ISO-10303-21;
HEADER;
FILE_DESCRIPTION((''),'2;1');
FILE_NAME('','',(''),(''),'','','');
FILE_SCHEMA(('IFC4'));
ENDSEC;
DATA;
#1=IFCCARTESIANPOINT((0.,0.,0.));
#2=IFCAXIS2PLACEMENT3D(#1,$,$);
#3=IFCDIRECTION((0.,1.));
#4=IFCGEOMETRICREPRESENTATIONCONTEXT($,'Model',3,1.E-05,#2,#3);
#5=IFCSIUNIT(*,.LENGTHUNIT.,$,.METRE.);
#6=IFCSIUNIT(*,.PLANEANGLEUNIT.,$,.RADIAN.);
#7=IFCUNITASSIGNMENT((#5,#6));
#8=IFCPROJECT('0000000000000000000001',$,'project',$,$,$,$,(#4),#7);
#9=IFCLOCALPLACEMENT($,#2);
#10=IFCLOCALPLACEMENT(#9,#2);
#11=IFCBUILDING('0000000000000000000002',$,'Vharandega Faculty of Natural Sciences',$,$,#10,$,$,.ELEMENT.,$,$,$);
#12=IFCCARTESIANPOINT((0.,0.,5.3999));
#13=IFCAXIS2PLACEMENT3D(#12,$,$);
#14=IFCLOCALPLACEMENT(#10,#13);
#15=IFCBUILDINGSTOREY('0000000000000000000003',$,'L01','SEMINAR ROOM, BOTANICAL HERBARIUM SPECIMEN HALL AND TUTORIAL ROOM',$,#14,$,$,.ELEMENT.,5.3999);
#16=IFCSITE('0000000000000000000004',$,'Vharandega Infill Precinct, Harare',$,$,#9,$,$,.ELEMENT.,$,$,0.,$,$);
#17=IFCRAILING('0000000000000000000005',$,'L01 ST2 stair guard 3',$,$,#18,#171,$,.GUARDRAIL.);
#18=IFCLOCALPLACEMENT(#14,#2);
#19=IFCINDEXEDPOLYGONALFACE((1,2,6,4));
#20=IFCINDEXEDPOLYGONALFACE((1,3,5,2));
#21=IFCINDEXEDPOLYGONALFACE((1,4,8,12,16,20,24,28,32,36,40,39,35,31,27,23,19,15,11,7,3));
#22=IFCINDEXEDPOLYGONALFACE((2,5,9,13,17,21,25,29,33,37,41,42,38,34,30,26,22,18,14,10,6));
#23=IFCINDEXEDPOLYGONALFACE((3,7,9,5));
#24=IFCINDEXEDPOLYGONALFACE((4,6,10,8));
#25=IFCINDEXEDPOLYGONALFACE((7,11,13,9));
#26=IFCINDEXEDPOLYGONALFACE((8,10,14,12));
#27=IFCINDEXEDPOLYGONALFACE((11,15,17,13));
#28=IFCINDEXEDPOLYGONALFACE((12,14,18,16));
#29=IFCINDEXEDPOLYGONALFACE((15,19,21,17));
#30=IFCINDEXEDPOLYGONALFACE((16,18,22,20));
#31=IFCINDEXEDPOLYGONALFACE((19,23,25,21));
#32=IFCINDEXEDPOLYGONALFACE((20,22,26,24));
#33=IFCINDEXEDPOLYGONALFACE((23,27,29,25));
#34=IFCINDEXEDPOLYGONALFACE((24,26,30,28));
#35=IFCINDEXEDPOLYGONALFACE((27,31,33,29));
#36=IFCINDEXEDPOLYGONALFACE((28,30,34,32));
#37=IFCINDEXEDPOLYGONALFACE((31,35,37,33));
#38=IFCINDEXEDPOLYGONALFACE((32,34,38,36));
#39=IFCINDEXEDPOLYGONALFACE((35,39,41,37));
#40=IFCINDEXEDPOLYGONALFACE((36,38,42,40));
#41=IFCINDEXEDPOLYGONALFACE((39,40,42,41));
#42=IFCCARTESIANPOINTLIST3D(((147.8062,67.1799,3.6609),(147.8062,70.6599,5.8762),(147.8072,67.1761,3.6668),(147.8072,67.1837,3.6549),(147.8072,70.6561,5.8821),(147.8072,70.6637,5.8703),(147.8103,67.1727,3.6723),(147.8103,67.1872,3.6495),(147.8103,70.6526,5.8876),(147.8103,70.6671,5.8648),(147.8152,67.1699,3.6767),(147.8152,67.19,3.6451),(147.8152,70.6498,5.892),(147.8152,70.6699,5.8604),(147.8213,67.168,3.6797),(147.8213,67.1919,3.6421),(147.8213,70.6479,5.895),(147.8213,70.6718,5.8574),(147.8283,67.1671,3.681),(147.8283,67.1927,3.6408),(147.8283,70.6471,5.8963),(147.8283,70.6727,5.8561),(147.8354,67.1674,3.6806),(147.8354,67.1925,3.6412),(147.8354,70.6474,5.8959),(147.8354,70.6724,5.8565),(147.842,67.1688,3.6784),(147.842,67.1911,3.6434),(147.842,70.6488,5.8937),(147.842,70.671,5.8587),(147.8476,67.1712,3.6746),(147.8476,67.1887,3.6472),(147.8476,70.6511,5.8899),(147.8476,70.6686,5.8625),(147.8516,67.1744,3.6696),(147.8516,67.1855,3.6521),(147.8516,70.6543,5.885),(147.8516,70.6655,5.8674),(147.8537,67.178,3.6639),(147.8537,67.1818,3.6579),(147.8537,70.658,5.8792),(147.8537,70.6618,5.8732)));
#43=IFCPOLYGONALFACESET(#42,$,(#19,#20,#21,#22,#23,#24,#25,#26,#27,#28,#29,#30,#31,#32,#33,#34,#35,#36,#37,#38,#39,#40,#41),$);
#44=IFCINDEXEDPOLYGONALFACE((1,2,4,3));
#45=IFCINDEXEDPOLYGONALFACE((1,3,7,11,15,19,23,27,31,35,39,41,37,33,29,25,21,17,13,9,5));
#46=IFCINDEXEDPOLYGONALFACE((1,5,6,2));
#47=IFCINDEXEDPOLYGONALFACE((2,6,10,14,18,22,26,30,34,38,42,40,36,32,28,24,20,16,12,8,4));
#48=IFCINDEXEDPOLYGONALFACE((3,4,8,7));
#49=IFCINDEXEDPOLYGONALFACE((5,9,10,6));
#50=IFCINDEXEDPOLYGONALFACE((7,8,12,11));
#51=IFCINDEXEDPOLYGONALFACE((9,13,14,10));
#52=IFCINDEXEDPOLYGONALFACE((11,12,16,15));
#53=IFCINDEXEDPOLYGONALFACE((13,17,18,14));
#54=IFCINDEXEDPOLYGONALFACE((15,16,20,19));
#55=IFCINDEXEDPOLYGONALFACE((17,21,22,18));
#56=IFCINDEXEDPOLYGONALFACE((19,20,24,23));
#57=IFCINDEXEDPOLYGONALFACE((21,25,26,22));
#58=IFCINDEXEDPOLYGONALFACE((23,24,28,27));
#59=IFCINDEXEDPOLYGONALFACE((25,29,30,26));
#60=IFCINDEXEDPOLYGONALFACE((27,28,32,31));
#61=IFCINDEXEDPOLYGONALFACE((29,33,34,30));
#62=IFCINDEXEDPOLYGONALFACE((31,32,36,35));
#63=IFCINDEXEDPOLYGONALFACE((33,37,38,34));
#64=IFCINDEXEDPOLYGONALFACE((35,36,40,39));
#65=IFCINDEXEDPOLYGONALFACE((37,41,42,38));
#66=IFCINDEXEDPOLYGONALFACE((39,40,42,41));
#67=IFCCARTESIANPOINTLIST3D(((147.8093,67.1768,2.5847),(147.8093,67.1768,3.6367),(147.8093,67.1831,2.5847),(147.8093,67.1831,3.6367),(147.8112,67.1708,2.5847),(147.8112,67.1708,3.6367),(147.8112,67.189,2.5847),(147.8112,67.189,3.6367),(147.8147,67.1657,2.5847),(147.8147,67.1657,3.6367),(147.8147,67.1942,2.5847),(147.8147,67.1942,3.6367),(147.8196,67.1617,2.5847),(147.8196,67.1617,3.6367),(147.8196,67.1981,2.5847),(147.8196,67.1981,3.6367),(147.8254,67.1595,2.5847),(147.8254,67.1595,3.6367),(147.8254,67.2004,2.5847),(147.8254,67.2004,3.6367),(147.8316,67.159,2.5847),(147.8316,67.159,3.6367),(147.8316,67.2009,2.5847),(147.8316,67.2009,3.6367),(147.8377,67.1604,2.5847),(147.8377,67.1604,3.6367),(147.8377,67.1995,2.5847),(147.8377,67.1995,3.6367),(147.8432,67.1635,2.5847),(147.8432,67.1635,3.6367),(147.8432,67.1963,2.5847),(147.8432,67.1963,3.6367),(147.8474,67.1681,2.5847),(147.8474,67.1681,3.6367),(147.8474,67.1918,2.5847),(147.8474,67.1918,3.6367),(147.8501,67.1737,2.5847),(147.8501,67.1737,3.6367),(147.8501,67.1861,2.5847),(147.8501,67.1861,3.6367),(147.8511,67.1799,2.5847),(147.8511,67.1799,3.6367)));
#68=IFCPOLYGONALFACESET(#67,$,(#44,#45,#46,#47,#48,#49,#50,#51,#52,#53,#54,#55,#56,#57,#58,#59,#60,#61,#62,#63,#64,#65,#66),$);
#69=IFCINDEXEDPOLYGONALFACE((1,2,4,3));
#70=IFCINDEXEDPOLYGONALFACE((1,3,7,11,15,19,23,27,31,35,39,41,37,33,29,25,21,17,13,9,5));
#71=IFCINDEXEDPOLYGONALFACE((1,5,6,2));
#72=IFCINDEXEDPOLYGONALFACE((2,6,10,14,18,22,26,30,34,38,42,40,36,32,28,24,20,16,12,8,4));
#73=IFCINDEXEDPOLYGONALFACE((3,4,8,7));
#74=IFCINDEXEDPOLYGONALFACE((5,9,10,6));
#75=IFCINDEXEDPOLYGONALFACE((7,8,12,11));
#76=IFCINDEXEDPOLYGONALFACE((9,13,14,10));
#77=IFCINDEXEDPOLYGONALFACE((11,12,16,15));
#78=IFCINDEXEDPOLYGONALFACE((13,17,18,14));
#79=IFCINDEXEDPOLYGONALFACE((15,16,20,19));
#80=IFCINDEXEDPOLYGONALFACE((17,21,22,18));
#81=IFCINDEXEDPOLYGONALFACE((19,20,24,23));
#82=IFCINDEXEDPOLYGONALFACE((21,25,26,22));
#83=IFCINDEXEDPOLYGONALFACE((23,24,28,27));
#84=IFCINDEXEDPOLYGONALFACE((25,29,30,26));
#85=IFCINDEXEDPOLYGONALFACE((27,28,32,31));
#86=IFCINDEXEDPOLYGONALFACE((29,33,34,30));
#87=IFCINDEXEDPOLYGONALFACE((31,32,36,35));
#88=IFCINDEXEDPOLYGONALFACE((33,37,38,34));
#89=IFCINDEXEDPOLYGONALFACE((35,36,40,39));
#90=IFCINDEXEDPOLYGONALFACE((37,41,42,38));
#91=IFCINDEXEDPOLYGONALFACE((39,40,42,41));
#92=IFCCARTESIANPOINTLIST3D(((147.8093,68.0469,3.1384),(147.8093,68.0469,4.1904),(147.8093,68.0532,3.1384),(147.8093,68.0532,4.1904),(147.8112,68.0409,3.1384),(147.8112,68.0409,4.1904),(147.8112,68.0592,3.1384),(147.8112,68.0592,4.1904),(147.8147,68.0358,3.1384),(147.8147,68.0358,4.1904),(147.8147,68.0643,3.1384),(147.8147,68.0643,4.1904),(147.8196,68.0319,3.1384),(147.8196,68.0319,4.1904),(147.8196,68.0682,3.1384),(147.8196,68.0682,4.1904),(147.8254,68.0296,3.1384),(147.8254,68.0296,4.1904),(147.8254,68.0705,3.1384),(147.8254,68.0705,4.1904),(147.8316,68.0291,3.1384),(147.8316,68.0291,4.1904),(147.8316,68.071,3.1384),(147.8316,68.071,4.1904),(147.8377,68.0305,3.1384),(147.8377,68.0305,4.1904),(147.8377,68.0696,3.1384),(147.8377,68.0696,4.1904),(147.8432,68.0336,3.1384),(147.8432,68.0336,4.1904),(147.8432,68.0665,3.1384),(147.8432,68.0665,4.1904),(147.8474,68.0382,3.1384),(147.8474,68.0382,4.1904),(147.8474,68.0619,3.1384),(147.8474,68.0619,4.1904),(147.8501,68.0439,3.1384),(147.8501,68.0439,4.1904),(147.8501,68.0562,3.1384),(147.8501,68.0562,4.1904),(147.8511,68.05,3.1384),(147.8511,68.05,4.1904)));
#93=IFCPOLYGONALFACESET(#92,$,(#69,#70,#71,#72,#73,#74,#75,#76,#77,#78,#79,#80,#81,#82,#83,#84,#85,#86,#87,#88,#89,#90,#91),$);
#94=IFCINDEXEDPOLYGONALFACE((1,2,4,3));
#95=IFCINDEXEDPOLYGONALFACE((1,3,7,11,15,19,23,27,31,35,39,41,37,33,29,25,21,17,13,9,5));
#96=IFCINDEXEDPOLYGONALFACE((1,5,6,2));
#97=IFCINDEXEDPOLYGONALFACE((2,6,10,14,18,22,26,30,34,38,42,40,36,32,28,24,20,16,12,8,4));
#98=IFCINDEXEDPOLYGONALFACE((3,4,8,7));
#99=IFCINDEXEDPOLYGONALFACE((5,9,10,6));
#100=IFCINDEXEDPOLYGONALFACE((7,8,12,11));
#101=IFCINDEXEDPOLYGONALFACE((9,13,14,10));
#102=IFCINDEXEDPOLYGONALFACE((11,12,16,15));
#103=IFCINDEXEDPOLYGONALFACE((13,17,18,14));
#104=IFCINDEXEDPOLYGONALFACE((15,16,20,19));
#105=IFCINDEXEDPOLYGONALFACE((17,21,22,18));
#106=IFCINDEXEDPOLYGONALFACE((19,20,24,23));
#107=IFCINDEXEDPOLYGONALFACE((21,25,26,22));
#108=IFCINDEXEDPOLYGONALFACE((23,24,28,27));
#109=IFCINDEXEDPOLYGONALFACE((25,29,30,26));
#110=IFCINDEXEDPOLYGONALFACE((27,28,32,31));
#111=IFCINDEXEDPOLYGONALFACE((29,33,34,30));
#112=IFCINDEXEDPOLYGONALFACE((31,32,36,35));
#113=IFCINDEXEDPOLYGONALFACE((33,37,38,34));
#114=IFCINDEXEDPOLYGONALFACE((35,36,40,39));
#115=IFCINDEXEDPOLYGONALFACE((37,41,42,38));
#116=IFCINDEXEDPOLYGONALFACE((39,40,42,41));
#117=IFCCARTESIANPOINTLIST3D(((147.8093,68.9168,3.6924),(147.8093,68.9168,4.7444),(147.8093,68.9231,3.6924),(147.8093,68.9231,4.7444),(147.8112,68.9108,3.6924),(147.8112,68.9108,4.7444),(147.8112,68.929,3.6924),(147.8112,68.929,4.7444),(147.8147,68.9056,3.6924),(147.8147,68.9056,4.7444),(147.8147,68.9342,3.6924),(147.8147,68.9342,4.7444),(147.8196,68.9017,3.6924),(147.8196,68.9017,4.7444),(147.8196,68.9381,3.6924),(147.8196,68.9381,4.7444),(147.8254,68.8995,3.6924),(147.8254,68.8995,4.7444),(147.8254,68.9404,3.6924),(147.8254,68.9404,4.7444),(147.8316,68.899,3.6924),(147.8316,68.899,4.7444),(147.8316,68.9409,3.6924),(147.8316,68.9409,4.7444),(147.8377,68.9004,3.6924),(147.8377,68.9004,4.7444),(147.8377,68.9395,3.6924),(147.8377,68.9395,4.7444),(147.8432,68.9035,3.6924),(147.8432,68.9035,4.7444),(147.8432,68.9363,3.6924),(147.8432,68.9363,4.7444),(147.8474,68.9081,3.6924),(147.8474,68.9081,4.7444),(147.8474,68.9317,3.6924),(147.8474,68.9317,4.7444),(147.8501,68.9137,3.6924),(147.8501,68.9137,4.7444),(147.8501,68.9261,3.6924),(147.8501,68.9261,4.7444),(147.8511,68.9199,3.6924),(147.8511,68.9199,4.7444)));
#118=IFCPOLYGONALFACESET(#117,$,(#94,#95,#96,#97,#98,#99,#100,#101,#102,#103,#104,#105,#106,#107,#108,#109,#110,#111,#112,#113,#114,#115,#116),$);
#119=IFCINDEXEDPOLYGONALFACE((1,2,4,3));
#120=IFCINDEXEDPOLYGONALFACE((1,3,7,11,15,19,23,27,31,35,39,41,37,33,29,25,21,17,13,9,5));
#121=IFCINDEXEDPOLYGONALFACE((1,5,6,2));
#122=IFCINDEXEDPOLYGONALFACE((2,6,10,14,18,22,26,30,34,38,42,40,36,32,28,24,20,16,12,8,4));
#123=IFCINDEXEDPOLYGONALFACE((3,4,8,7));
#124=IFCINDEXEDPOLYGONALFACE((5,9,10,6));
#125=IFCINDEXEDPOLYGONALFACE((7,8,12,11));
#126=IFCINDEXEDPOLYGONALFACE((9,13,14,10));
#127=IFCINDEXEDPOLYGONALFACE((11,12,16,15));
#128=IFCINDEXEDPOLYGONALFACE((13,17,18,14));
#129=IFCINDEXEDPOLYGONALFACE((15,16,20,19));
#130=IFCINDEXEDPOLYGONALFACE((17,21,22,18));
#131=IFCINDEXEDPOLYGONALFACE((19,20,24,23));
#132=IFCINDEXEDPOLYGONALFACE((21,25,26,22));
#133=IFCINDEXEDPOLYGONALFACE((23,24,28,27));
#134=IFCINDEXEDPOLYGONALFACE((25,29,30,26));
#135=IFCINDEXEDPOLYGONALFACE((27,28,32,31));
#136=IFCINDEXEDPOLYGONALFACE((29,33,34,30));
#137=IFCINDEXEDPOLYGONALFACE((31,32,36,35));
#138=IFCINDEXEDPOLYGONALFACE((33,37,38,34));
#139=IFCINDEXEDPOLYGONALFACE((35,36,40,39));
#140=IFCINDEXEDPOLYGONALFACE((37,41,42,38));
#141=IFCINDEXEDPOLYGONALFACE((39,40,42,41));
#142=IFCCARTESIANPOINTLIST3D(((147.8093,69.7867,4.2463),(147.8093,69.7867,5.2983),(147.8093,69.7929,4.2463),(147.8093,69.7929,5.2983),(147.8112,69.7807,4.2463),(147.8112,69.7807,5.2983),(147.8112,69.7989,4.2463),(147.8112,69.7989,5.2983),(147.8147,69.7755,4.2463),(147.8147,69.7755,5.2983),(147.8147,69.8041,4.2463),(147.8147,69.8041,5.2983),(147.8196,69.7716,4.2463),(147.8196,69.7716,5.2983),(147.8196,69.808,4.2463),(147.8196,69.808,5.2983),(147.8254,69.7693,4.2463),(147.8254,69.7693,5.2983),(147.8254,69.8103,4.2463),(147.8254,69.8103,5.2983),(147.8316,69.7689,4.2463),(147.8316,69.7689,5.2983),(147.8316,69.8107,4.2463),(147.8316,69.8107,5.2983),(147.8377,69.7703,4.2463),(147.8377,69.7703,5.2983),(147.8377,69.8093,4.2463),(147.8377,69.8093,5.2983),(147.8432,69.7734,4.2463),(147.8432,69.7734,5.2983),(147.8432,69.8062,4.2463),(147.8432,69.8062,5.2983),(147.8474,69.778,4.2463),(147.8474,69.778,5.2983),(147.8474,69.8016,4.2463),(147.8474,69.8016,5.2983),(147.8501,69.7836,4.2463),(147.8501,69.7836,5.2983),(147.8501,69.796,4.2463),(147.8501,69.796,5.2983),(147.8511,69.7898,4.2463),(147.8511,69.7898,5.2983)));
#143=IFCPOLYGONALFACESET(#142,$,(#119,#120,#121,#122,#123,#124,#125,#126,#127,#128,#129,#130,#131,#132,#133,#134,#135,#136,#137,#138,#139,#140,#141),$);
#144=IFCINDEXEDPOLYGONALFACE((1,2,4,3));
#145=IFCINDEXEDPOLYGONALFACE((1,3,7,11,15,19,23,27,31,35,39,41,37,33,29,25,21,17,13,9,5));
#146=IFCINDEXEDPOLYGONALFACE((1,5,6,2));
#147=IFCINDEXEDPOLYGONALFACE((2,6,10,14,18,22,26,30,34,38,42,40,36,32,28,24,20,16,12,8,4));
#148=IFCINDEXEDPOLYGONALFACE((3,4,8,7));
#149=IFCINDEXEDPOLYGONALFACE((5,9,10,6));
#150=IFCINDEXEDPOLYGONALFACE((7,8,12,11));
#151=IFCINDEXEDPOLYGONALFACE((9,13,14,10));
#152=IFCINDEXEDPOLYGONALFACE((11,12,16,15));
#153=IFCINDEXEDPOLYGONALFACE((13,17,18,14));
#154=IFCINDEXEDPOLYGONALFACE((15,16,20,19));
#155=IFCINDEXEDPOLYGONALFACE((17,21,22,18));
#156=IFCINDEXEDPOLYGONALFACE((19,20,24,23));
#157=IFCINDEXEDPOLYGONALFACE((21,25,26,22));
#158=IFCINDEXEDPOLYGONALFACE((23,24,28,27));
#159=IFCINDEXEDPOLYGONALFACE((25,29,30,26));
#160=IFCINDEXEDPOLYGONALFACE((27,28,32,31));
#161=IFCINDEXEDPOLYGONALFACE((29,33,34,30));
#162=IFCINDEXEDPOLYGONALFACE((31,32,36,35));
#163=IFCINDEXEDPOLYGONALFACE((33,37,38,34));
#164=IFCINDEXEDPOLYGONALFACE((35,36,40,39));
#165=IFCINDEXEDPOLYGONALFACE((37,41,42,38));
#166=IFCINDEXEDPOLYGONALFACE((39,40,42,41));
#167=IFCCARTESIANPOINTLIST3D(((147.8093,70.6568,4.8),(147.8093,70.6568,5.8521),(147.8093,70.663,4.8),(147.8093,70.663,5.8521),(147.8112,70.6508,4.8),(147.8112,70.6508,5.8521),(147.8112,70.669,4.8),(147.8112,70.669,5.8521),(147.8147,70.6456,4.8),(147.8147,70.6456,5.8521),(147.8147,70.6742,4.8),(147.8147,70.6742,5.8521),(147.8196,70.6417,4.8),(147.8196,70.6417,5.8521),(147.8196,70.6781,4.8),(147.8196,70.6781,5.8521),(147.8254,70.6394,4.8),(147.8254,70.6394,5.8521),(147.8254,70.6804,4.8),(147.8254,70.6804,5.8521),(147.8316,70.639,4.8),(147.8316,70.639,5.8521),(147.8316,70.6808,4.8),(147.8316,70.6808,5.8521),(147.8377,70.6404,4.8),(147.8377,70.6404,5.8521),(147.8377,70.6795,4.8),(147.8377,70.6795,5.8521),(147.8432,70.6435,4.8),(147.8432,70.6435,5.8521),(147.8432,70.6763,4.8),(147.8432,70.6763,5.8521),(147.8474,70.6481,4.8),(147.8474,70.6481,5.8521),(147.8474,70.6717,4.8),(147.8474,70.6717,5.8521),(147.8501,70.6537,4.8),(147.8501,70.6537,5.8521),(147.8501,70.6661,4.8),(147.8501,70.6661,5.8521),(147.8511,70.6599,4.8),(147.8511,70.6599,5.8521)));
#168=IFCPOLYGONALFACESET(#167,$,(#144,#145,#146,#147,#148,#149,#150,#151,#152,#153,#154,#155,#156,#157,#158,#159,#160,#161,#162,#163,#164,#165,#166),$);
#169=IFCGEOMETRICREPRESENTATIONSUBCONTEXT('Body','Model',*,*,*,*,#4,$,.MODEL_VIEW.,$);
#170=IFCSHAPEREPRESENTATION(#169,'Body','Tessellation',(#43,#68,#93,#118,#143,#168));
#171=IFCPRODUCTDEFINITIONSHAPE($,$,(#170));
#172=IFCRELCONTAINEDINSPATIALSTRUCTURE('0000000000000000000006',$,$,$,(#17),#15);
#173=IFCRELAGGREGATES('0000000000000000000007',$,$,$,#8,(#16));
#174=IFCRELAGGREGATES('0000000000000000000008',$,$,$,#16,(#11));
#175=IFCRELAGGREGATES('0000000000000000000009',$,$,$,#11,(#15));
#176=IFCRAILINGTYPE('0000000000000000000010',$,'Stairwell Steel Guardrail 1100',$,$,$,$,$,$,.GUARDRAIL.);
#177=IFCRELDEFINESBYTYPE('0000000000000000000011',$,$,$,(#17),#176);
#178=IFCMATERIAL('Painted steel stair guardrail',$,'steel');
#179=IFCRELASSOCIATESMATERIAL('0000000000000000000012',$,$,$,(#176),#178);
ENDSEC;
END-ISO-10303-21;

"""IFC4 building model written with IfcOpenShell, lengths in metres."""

from ifc_helpers import new_model, si_unit, direction, frame, origin, origin_2d, place, context, subcontext, project, spatial, circle, extrude, material, type_object, element, save


model = new_model("IFC4")

# Units and contexts
model_context = context("Model", 3, precision=1e-05, world=origin(), true_north=direction((0.0, 1.0)))
body_context = subcontext(model_context, "Body", "Model", "MODEL_VIEW")
ifc_project = project(units=[si_unit("LENGTHUNIT", "METRE"), si_unit("PLANEANGLEUNIT", "RADIAN")], contexts=[model_context])

# Site, building, storey
site_placement = place(None, origin())
site = spatial("IfcSite", under=ifc_project, at=site_placement, Name="Vharandega Infill Precinct, Harare", CompositionType="ELEMENT", RefElevation=0.0)
building_placement = place(site_placement, origin())
building = spatial("IfcBuilding", under=site, at=building_placement, Name="Vharandega Faculty of Natural Sciences", CompositionType="ELEMENT")
storey_placement = place(building_placement, frame((0.0, 0.0, 5.3999)))
storey = spatial("IfcBuildingStorey", under=building, at=storey_placement, Name="L01", Description="SEMINAR ROOM, BOTANICAL HERBARIUM SPECIMEN HALL AND TUTORIAL ROOM", CompositionType="ELEMENT", Elevation=5.3999)

# Railing
ifc_material_1 = material(Name="Painted steel stair guardrail", Category="steel")
railing_type_1 = type_object("IfcRailingType", Name="Stairwell Steel Guardrail 1100", PredefinedType="GUARDRAIL", material=ifc_material_1)
railing_1_placement = place(storey_placement, frame((147.8301, 67.1799, 2.5847)))
element("IfcRailing", 1, at=railing_1_placement, inside=storey, type_object=railing_type_1, Name="L01 ST2 stair guard 3", PredefinedType="GUARDRAIL", context=body_context, shape_type="SweptSolid", body=[
    extrude(circle(Radius=0.0239, at=origin_2d()), frame((0.0, 0.0, 1.0762), z_axis=(0.0, 0.843574, 0.537013), x_axis=(-1.0, 0.0, 0.0)), (0.0, 0.0, 1.0), 4.1252),
    extrude(circle(Radius=0.021, at=origin_2d()), origin(), (0.0, 0.0, 1.0), 1.052),
    extrude(circle(Radius=0.021, at=origin_2d()), frame((0.0, 0.8701, 0.5537)), (0.0, 0.0, 1.0), 1.052),
    extrude(circle(Radius=0.021, at=origin_2d()), frame((0.0, 1.74, 1.1077)), (0.0, 0.0, 1.0), 1.052),
    extrude(circle(Radius=0.021, at=origin_2d()), frame((0.0, 2.6099, 1.6616)), (0.0, 0.0, 1.0), 1.052),
    extrude(circle(Radius=0.021, at=origin_2d()), frame((0.0, 3.48, 2.2153)), (0.0, 0.0, 1.0), 1.052),
])

save(model, "model.ifc")
